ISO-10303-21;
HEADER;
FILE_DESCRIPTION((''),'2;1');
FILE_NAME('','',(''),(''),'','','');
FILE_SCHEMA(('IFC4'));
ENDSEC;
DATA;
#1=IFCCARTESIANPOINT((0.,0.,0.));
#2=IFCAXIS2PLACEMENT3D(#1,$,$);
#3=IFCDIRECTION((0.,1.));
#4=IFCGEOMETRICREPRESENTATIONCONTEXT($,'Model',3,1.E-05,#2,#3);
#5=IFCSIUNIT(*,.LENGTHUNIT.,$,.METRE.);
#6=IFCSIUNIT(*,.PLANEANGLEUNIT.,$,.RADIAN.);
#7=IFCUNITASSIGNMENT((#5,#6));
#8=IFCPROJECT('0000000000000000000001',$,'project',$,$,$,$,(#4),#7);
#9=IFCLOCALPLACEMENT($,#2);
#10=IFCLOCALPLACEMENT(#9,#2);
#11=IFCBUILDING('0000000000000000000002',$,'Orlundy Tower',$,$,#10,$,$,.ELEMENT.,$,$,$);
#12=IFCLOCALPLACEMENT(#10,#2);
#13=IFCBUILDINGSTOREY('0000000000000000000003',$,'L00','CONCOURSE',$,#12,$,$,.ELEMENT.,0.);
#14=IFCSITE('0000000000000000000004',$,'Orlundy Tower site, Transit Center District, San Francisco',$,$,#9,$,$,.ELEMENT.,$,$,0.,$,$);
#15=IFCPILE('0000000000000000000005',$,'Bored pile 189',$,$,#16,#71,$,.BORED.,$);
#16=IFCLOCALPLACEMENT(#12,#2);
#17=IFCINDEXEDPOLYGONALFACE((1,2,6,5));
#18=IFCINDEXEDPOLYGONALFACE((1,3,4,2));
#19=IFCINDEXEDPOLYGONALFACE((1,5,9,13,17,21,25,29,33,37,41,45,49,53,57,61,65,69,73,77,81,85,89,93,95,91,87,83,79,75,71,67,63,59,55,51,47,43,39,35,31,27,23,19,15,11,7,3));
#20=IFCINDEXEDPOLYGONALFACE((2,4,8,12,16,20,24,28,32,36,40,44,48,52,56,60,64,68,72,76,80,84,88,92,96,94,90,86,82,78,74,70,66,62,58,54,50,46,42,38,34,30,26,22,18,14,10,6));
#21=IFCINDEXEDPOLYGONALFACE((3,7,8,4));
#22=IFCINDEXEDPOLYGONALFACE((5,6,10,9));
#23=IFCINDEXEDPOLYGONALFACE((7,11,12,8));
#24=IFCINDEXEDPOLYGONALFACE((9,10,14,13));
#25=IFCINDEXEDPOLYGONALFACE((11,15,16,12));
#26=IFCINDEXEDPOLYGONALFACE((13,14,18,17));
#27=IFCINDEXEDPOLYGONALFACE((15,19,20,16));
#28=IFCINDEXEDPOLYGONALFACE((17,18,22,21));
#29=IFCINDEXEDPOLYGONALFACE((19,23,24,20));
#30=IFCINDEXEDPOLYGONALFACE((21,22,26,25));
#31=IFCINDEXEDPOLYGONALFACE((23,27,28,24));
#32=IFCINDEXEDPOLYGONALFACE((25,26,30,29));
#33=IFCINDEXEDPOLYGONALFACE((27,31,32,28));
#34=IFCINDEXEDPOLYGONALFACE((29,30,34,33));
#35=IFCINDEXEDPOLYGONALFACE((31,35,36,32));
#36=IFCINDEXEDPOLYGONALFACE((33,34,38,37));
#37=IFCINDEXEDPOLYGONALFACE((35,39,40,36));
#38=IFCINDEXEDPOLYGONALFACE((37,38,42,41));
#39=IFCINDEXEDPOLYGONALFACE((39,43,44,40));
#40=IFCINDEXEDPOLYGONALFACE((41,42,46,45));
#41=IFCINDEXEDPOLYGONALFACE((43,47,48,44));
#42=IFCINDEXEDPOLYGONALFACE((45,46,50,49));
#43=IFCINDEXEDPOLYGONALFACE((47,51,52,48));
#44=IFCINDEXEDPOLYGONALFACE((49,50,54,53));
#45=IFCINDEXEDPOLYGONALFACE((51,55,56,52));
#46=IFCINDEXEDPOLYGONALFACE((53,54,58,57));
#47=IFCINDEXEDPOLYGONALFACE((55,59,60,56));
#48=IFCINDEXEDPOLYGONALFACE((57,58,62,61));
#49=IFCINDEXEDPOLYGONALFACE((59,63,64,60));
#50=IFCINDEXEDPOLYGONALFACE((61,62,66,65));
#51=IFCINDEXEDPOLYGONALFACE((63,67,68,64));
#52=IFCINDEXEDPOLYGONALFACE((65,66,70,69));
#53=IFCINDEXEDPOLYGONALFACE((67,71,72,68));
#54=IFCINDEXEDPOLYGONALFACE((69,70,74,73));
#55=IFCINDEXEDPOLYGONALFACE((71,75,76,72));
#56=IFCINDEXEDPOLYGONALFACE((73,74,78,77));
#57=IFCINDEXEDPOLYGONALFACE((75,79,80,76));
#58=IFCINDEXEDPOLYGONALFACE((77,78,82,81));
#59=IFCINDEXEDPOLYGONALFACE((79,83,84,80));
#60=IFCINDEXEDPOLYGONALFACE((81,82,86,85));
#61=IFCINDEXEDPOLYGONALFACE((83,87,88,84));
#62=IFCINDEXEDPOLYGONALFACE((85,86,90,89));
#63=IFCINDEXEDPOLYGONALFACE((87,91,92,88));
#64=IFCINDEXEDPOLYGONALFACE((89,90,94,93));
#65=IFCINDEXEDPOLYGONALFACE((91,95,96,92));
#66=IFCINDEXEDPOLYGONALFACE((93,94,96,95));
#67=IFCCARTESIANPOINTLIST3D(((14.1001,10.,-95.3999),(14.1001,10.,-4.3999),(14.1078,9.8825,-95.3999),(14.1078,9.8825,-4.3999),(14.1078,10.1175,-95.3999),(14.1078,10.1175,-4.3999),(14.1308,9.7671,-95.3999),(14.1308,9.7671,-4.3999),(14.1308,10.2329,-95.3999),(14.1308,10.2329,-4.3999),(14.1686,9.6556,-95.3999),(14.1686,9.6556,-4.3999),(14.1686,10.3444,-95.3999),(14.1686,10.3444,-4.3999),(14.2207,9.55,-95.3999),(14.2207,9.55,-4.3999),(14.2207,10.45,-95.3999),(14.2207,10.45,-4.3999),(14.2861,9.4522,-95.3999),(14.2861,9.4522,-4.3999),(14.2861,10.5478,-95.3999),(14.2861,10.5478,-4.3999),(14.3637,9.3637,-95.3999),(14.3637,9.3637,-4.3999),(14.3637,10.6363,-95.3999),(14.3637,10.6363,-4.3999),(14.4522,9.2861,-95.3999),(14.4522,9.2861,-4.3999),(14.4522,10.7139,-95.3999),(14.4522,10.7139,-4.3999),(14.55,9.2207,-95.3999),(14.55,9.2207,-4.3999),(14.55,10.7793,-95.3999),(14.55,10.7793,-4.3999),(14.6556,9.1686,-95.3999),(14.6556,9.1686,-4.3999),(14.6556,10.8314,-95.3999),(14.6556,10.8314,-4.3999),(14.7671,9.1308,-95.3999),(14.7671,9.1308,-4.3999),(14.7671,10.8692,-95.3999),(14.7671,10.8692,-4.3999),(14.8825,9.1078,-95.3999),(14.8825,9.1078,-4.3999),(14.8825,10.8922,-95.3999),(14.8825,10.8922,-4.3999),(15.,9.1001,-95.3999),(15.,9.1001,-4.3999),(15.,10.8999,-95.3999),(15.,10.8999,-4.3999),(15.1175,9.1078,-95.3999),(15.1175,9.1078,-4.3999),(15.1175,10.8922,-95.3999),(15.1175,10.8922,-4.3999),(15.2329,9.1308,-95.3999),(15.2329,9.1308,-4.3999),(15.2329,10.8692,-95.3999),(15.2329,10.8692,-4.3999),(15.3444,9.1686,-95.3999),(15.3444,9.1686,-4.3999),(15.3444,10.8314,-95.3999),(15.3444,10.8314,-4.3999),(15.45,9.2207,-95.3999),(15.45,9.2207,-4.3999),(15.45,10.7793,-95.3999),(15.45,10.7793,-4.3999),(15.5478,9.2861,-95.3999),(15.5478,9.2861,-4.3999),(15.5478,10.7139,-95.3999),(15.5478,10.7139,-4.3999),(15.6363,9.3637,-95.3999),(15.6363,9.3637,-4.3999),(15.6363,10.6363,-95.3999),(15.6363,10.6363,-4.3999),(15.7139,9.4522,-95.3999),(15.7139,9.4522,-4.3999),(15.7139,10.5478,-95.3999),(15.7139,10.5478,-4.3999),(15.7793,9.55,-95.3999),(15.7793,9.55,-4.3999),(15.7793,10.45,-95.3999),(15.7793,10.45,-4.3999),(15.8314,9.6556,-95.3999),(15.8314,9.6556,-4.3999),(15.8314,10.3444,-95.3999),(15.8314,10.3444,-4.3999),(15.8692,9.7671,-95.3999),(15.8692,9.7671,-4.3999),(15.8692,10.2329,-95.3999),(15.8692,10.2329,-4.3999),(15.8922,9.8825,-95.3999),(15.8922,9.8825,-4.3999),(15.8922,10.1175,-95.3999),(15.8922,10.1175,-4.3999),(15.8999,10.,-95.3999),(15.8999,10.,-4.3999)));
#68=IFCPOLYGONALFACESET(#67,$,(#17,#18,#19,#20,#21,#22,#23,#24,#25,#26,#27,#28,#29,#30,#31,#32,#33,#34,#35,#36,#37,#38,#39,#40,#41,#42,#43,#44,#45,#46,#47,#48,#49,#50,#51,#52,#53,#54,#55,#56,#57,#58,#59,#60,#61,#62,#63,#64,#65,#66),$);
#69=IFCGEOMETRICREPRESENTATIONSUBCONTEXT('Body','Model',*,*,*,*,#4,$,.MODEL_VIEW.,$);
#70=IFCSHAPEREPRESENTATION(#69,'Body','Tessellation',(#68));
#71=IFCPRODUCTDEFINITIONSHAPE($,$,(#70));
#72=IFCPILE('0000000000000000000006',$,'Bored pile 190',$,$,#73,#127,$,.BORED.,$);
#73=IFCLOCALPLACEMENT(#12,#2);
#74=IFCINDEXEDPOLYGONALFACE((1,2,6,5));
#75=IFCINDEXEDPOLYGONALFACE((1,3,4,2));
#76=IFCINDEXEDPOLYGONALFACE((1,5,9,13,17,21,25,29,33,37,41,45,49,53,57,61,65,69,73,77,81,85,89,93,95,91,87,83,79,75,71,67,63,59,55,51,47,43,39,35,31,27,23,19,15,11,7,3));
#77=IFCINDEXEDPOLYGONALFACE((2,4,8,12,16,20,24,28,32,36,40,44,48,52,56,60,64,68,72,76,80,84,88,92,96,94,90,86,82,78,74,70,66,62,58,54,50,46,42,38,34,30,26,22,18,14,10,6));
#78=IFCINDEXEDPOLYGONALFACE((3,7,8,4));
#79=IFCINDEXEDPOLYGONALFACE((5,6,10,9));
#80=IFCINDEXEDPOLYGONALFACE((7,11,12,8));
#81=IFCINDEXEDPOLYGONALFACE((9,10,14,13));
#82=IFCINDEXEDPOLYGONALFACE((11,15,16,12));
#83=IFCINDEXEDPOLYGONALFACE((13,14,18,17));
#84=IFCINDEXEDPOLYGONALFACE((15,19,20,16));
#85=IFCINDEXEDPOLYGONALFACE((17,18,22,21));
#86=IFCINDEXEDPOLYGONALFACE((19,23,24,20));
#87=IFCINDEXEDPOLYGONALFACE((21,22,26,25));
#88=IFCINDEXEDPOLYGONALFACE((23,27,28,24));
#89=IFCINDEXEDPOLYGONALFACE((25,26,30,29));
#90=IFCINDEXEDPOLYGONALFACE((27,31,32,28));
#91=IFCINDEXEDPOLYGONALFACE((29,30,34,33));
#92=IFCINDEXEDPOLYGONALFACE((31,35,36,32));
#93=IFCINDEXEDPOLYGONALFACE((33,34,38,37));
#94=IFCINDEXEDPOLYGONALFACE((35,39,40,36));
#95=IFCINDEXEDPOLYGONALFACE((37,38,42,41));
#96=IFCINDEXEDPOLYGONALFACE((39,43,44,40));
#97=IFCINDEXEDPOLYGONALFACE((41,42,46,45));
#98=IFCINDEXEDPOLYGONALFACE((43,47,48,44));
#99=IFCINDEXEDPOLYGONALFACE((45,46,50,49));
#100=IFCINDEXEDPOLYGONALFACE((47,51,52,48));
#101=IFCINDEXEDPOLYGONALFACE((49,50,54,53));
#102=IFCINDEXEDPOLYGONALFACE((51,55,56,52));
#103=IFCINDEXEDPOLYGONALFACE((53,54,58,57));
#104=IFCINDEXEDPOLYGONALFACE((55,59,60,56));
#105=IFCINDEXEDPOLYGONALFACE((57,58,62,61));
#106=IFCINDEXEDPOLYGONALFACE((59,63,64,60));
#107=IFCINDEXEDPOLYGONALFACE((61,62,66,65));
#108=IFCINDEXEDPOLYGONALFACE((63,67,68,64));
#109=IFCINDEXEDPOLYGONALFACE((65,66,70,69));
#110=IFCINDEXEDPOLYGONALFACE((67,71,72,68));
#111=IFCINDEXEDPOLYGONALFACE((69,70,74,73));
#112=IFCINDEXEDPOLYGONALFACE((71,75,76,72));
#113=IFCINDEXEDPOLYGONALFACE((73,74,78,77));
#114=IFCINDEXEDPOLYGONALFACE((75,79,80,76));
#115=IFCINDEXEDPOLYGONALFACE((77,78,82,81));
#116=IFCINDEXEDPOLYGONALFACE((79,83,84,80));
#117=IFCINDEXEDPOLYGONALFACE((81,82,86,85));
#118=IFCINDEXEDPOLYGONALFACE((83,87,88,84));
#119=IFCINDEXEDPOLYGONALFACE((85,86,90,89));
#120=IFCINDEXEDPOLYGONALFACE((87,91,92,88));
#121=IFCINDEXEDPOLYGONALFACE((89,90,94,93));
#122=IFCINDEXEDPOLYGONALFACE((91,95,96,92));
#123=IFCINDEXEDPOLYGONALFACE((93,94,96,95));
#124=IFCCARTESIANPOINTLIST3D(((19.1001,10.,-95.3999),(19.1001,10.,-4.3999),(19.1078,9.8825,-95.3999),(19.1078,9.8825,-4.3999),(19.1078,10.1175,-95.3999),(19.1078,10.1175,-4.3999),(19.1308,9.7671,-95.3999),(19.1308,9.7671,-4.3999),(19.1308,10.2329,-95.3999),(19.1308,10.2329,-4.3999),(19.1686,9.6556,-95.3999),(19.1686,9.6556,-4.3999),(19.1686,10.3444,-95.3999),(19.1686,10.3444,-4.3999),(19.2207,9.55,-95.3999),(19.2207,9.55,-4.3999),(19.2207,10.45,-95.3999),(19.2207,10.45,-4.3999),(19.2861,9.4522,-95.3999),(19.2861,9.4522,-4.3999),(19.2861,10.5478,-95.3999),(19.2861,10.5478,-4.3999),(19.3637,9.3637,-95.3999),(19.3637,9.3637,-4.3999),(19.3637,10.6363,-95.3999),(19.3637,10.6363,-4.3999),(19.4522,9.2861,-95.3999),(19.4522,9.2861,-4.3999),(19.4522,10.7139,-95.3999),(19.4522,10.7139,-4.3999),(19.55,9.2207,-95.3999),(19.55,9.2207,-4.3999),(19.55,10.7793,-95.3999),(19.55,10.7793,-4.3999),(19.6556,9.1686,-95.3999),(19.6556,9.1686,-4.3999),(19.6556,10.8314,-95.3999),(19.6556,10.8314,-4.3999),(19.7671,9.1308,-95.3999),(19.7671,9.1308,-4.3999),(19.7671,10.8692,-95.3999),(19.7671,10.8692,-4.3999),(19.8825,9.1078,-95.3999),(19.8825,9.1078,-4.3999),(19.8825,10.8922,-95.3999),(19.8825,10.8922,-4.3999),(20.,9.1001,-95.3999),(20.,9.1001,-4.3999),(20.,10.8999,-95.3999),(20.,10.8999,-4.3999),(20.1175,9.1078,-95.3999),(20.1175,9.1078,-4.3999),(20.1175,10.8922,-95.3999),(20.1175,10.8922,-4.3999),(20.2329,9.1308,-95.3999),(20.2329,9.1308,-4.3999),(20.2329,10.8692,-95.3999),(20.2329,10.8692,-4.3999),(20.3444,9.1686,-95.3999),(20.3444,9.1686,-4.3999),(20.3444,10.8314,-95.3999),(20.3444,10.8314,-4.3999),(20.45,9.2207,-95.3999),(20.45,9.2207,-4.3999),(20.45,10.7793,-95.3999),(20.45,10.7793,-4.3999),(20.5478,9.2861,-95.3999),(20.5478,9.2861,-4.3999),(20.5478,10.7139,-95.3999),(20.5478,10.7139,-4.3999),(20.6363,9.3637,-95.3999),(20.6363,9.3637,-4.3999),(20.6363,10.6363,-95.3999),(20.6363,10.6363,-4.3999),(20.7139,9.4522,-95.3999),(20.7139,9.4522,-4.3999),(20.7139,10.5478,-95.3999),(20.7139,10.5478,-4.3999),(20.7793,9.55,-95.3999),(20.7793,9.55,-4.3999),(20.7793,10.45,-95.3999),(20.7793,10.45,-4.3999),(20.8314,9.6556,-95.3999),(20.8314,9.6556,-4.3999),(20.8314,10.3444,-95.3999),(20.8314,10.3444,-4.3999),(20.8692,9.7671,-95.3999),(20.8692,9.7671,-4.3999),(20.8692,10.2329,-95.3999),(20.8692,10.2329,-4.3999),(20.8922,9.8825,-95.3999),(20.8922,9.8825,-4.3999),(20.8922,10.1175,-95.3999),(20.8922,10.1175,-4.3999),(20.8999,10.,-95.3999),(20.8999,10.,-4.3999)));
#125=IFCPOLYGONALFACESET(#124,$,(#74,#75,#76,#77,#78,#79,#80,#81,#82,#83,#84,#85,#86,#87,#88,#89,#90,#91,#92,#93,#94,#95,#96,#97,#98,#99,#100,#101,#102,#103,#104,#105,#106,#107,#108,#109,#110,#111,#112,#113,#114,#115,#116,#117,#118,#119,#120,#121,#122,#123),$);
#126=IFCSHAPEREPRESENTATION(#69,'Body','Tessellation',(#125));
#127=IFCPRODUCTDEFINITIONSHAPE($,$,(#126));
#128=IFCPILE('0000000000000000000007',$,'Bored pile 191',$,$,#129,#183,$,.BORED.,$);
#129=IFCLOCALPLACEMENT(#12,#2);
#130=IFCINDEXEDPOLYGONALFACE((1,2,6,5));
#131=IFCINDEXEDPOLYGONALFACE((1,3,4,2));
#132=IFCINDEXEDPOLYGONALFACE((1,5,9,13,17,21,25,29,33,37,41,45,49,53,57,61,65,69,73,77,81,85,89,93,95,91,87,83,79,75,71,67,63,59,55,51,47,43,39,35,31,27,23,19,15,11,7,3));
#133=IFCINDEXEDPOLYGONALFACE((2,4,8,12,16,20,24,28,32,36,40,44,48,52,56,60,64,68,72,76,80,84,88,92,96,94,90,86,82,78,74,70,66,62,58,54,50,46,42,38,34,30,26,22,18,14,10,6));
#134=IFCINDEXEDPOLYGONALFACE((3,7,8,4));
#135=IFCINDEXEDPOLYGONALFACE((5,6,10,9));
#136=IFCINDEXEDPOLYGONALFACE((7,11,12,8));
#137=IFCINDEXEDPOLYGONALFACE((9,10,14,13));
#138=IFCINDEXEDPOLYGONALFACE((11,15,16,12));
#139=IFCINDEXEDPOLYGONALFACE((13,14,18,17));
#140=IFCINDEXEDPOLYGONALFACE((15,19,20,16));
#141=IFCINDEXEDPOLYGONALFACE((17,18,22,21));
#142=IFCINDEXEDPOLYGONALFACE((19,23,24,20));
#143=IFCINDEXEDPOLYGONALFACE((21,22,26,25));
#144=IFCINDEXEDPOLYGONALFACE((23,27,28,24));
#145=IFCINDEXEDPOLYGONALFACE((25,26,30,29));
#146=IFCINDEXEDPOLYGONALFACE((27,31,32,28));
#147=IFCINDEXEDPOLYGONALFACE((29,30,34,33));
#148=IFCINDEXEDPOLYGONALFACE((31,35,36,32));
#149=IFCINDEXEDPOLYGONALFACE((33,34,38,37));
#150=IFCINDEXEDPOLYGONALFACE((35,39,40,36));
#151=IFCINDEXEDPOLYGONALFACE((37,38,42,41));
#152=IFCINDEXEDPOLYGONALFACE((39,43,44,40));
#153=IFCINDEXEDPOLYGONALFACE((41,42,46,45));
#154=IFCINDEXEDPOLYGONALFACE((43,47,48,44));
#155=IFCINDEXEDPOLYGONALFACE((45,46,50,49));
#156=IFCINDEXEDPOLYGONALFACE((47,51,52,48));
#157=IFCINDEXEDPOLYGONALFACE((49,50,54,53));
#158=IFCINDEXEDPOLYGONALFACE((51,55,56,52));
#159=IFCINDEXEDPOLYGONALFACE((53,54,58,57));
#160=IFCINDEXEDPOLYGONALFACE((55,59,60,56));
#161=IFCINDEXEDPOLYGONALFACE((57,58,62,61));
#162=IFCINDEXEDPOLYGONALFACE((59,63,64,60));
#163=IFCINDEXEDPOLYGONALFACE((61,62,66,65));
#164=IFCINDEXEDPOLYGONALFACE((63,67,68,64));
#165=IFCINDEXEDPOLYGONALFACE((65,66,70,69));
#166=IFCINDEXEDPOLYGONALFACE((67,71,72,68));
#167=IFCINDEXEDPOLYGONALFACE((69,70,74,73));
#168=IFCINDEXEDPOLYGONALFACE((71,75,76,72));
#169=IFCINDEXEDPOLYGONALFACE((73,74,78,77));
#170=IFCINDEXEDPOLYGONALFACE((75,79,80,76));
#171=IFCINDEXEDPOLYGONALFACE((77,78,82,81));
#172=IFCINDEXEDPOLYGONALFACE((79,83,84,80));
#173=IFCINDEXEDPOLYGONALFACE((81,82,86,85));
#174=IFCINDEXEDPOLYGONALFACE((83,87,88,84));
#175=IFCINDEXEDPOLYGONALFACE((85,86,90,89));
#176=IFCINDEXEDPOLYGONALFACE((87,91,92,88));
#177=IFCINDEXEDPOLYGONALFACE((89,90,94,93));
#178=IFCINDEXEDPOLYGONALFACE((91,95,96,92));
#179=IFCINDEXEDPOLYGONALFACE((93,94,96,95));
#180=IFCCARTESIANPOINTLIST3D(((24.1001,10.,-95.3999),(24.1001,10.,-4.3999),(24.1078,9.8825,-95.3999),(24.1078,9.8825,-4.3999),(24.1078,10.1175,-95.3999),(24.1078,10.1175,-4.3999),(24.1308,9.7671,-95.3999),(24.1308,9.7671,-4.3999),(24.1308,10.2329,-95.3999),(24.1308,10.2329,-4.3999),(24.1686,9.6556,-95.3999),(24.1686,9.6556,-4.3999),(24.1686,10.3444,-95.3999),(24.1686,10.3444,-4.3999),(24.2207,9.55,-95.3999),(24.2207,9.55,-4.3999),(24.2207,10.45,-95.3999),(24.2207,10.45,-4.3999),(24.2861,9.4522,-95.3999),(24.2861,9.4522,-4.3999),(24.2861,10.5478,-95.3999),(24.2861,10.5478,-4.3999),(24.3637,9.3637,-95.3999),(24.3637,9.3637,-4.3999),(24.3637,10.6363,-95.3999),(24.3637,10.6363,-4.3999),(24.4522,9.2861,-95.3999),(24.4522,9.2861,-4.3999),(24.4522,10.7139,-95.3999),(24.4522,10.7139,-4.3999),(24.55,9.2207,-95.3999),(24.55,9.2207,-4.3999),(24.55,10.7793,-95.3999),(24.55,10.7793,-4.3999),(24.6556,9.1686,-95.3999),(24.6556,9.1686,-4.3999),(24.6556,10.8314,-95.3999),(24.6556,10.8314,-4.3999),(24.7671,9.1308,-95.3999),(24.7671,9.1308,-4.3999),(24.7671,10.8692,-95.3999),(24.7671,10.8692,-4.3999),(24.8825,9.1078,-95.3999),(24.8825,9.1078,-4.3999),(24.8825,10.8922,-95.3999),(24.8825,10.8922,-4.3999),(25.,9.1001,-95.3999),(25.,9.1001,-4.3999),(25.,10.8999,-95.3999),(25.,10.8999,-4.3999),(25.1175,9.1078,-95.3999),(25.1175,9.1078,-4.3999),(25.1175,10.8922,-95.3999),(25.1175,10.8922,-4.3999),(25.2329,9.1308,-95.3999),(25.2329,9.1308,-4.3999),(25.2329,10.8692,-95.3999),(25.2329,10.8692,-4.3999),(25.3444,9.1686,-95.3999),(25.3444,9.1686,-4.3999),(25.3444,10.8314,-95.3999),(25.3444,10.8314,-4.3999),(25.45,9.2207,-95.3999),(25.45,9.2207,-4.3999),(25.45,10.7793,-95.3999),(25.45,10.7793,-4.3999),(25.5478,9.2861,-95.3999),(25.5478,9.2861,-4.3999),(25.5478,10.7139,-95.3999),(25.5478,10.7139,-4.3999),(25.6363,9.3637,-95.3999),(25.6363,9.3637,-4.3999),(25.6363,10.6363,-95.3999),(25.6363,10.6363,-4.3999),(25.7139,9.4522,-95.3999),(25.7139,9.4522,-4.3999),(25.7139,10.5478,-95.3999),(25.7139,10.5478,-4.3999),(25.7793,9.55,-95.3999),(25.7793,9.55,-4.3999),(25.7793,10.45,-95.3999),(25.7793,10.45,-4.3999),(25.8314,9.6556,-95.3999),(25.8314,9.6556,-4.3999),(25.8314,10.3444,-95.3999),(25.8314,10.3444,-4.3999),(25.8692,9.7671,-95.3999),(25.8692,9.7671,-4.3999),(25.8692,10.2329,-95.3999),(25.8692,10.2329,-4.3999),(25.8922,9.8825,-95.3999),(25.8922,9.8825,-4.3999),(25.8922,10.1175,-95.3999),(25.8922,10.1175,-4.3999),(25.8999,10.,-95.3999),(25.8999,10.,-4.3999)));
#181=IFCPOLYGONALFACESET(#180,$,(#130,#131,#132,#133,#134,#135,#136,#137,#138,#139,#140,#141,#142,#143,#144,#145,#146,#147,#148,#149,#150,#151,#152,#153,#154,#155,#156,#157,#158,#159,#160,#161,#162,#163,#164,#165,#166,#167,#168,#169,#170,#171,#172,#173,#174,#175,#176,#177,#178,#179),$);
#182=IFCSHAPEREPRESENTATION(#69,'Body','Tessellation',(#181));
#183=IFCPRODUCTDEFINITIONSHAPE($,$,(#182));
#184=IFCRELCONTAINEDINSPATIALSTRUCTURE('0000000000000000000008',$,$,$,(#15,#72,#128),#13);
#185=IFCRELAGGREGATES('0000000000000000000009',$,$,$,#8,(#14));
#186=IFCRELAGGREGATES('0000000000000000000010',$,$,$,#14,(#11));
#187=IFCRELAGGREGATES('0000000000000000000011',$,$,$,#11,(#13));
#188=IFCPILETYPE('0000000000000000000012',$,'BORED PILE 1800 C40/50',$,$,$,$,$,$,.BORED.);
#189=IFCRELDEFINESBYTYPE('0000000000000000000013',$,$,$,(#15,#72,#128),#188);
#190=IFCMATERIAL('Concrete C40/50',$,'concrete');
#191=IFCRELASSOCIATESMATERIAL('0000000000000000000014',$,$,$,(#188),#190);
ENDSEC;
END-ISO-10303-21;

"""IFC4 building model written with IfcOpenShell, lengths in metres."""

from ifc_helpers import new_model, si_unit, direction, frame, origin, origin_2d, place, context, subcontext, project, spatial, circle, extrude, material, material_profile, profile_set, type_object, element, save


model = new_model("IFC4")

# Units and contexts
model_context = context("Model", 3, precision=1e-05, world=origin(), true_north=direction((0.0, 1.0)))
body_context = subcontext(model_context, "Body", "Model", "MODEL_VIEW")
ifc_project = project(units=[si_unit("LENGTHUNIT", "METRE"), si_unit("PLANEANGLEUNIT", "RADIAN")], contexts=[model_context])

# Site, building, storey
site_placement = place(None, origin())
site = spatial("IfcSite", under=ifc_project, at=site_placement, Name="Orlundy Tower site, Transit Center District, San Francisco", CompositionType="ELEMENT", RefElevation=0.0)
building_placement = place(site_placement, origin())
building = spatial("IfcBuilding", under=site, at=building_placement, Name="Orlundy Tower", CompositionType="ELEMENT")
storey_placement = place(building_placement, origin())
storey = spatial("IfcBuildingStorey", under=building, at=storey_placement, Name="L00", Description="CONCOURSE", CompositionType="ELEMENT", Elevation=0.0)

# Piles
ifc_material_1 = material(Name="Concrete C40/50", Category="concrete")
ifc_material_profile_1 = material_profile(ifc_material_1, circle(Radius=0.8999, at=origin_2d()), Name="BP1800")
ifc_profile_set_1 = profile_set([ifc_material_profile_1], Name="Concrete C40/50")
pile_type = type_object("IfcPileType", Name="BORED PILE 1800 C40/50", PredefinedType="BORED", material=ifc_profile_set_1)
for number, where, z_axis, x_axis, name in (
    (1, (15.0, 10.0, -4.3999), (0.0, 0.0, -1.0), (1.0, 0.0, 0.0), "Bored pile 189"),
    (2, (20.0, 10.0, -4.3999), (0.0, 0.0, -1.0), (1.0, 0.0, 0.0), "Bored pile 190"),
    (3, (25.0, 10.0, -4.3999), (0.0, 0.0, -1.0), (1.0, 0.0, 0.0), "Bored pile 191"),
):
    element("IfcPile", number, at=place(storey_placement, frame(where, z_axis=z_axis, x_axis=x_axis)), inside=storey, type_object=pile_type, Name=name, PredefinedType="BORED", context=body_context, shape_type="SweptSolid", body=[
        extrude(circle(Radius=0.8999, at=origin_2d()), origin(), (0.0, 0.0, 1.0), 91.0),
    ])

save(model, "model.ifc")
